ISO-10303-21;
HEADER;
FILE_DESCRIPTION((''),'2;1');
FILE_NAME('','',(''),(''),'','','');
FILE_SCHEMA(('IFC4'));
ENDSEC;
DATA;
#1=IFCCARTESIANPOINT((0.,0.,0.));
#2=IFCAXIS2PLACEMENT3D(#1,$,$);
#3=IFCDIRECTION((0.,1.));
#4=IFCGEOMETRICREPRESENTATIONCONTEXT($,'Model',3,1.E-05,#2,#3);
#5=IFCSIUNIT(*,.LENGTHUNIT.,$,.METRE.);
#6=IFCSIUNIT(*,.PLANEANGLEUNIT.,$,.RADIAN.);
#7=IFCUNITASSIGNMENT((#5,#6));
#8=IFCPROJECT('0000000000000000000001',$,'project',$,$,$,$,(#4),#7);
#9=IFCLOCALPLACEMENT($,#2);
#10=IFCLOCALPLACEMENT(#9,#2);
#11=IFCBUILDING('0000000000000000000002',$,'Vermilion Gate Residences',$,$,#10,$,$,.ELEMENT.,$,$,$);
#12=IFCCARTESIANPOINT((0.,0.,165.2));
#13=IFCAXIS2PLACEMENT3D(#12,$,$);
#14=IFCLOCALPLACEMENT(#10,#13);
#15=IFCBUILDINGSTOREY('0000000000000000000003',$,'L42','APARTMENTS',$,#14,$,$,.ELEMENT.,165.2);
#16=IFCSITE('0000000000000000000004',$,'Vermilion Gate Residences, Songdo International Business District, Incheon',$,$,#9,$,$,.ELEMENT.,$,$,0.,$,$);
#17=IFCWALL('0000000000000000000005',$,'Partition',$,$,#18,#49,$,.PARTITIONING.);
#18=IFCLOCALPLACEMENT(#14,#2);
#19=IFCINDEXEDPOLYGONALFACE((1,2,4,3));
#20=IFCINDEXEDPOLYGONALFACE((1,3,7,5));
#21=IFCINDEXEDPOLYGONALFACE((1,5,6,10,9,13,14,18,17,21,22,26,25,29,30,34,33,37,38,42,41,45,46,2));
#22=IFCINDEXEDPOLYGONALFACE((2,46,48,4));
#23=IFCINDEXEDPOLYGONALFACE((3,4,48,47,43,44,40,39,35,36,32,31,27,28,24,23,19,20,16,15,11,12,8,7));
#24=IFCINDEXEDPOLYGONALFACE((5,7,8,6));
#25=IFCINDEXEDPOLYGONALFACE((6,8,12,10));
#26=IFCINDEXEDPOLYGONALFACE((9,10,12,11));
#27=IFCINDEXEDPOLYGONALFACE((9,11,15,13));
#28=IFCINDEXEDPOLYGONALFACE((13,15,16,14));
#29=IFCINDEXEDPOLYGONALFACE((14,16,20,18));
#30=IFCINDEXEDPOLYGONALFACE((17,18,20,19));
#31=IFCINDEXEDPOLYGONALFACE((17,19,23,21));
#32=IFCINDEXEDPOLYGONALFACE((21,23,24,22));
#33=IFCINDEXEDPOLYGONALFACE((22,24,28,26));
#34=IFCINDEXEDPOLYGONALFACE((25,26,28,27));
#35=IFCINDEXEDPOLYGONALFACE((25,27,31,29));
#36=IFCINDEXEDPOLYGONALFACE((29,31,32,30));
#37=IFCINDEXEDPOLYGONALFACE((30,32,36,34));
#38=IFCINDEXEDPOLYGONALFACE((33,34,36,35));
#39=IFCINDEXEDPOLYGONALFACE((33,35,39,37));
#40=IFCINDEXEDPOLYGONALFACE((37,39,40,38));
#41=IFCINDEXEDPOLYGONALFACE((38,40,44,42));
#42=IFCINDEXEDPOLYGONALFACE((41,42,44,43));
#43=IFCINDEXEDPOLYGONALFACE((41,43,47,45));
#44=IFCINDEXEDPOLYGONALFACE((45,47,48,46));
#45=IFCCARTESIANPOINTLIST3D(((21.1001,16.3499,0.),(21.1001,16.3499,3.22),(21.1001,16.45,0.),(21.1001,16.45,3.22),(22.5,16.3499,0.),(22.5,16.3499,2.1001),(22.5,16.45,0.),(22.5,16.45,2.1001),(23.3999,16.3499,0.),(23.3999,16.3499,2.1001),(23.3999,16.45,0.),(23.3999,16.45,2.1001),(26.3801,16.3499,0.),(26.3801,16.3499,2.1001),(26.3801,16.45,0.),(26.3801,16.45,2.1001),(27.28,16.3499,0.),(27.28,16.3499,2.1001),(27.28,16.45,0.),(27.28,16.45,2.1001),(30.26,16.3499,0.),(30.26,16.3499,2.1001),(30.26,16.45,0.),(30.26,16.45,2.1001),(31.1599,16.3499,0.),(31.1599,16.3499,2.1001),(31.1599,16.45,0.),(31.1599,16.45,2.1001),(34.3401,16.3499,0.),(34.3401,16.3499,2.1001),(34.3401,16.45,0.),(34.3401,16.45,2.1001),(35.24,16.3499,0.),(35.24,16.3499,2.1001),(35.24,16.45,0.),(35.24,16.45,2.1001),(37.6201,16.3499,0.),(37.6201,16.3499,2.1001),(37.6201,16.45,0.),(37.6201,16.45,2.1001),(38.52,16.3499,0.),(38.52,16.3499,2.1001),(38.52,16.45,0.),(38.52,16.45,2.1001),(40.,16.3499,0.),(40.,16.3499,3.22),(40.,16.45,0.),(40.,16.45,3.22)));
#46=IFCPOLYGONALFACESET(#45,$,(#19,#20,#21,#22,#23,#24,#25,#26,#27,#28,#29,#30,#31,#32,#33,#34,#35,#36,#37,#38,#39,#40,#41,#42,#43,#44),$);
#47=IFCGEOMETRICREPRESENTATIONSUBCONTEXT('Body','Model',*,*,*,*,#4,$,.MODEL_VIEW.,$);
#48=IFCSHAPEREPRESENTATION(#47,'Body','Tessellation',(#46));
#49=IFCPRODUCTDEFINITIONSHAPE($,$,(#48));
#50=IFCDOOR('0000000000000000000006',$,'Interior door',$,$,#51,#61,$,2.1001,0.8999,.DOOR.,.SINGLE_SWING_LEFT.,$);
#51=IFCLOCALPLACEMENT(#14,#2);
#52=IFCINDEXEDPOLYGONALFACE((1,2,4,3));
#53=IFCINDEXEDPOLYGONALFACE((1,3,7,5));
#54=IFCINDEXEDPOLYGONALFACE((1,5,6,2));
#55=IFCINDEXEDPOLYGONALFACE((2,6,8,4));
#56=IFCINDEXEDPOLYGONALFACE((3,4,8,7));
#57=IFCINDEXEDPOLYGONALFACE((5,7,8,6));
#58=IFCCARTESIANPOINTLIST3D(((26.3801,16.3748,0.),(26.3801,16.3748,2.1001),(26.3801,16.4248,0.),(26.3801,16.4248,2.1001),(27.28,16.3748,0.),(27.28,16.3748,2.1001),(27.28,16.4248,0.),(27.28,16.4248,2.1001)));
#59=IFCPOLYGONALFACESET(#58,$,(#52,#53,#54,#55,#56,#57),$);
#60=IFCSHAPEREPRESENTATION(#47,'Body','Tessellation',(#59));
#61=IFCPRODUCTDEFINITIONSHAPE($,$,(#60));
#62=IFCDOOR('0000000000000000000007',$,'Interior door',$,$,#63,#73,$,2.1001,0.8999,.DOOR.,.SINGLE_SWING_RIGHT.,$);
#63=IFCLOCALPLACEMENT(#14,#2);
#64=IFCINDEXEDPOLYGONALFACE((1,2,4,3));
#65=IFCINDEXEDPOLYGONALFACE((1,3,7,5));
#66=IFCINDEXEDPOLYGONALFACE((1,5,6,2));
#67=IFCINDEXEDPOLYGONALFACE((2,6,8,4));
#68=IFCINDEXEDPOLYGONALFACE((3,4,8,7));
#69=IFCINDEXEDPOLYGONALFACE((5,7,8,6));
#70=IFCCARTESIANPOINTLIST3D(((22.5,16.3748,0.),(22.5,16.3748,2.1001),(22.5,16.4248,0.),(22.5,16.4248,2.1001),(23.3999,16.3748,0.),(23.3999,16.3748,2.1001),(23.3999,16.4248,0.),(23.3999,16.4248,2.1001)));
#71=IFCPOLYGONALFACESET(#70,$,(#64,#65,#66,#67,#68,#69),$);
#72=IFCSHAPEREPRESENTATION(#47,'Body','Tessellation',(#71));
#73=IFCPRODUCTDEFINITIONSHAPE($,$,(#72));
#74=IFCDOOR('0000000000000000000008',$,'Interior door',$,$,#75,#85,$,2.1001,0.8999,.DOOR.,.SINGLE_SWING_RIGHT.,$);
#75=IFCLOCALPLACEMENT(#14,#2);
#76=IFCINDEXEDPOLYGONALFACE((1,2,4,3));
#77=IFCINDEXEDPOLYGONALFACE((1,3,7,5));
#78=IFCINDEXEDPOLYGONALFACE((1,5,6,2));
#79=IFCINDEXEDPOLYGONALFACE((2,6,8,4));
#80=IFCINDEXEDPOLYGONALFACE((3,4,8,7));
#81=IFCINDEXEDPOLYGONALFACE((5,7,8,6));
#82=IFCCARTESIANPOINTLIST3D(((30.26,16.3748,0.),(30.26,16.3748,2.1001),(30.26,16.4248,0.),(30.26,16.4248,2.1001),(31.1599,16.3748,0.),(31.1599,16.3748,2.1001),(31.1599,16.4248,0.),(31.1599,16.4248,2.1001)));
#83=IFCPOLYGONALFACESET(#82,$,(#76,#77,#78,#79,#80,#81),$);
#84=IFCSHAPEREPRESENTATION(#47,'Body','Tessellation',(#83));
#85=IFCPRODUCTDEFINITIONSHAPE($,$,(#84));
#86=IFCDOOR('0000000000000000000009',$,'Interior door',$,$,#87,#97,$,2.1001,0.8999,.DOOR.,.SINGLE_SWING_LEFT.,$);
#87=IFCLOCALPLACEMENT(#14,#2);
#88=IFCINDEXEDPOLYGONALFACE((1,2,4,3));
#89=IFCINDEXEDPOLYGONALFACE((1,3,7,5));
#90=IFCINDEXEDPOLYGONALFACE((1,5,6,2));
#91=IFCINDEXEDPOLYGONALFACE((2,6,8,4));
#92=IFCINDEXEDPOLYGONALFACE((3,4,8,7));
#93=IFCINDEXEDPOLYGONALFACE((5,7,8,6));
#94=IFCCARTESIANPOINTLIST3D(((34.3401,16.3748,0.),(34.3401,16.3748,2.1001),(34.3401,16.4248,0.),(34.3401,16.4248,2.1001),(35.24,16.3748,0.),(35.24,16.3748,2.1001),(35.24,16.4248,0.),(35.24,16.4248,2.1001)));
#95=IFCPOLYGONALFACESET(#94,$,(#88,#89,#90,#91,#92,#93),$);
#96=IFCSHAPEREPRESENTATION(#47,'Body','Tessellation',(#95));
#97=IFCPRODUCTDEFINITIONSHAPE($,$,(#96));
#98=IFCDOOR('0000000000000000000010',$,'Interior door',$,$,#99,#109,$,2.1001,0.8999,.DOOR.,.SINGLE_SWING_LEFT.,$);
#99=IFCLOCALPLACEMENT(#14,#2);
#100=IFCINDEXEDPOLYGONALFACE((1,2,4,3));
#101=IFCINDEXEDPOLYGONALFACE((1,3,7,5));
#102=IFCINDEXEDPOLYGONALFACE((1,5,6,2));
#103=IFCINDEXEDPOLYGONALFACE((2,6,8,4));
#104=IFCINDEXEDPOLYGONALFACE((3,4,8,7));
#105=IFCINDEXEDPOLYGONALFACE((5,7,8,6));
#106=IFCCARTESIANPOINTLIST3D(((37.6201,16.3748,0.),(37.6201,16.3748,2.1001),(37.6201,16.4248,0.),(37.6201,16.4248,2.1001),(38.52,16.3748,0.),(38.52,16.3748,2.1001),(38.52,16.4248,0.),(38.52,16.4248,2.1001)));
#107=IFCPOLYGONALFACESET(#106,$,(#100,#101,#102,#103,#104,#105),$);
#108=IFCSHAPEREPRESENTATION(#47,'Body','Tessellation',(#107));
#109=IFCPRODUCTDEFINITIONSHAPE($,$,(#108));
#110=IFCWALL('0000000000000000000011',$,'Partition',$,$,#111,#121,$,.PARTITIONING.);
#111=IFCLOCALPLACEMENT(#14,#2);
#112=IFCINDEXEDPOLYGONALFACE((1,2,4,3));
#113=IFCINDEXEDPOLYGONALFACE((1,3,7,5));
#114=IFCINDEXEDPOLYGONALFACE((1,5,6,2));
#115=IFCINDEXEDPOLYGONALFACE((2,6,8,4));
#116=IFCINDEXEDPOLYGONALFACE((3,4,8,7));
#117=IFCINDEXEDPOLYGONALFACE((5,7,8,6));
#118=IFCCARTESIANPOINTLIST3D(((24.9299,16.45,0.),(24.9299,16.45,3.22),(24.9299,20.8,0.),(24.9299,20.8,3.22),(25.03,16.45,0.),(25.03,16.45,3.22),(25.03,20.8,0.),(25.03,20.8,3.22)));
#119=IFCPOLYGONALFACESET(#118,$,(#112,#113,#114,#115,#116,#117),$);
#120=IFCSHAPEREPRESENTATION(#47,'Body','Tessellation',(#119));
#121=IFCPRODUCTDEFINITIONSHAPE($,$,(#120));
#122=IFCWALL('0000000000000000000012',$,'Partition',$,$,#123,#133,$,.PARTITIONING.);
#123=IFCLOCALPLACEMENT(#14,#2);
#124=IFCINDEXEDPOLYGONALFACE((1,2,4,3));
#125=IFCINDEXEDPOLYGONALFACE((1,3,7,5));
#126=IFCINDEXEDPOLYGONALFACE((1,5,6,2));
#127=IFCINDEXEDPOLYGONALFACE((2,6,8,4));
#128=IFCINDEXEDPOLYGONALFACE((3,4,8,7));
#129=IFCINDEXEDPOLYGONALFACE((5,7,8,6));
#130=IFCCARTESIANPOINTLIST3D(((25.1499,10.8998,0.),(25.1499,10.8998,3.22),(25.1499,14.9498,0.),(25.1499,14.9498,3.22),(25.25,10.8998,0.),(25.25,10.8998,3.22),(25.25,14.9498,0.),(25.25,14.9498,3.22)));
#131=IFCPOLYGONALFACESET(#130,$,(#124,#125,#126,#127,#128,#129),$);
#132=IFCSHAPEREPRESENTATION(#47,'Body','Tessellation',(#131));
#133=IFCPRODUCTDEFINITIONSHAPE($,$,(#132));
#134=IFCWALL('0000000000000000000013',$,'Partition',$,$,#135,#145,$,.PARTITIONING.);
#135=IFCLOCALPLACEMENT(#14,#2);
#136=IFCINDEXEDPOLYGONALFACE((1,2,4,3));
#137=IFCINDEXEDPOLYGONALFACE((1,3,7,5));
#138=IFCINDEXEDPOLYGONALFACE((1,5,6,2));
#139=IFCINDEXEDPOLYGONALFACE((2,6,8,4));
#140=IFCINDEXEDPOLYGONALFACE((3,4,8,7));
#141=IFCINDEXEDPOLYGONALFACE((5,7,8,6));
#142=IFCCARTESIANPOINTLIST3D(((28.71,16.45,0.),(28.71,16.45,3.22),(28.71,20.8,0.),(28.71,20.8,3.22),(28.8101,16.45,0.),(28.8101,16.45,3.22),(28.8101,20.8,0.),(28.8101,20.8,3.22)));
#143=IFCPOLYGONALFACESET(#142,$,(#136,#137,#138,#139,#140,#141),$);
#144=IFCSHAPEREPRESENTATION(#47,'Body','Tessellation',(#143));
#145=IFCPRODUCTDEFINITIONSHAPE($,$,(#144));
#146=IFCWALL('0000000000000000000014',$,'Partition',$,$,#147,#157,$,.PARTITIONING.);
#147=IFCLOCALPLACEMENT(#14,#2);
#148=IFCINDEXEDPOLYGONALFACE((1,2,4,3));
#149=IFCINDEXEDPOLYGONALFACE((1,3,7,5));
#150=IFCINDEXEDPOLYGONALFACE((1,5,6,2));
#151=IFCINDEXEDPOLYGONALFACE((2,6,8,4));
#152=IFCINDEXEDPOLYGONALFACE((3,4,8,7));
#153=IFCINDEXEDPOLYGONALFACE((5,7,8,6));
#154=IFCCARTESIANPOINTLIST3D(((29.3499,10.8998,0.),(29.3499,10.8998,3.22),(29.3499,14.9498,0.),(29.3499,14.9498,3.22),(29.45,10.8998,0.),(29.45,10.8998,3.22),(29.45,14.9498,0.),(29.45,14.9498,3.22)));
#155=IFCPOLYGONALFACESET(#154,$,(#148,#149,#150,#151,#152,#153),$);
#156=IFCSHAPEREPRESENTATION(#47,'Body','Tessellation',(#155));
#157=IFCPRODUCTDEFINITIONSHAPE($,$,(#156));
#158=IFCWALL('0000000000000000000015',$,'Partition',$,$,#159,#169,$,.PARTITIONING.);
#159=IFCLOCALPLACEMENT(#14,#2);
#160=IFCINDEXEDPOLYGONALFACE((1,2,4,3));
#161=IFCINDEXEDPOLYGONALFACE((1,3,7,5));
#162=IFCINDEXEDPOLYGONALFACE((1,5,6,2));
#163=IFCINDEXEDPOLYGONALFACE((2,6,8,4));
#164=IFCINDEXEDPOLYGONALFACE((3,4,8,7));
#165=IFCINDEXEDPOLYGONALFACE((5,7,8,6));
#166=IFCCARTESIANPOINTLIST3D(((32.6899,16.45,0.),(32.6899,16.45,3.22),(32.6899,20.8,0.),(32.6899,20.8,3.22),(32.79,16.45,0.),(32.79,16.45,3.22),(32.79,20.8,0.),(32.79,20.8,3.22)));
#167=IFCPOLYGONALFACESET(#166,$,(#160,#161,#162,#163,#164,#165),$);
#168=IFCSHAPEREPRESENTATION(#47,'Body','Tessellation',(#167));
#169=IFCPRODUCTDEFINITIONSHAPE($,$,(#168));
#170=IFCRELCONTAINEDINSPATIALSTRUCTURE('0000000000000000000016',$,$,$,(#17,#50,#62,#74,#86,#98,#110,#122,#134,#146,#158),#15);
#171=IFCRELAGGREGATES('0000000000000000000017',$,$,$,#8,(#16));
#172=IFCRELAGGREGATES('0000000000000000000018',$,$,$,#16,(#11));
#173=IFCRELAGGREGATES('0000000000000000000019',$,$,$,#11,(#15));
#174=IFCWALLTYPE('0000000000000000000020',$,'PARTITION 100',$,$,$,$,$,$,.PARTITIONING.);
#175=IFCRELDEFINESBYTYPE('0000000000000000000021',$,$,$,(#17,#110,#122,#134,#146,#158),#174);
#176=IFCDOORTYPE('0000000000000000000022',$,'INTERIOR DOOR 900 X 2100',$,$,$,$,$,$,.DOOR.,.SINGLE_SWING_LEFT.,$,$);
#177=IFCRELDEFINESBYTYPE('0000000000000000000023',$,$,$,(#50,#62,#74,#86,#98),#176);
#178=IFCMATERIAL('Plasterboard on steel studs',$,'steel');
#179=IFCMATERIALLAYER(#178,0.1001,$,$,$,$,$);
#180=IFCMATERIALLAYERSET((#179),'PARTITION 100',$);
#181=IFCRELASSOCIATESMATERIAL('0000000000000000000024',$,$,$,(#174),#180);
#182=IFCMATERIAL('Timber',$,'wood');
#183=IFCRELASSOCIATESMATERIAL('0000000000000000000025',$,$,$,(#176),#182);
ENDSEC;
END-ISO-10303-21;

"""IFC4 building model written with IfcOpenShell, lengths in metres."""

from ifc_helpers import new_model, si_unit, direction, frame, frame_2d, origin, place, context, subcontext, project, spatial, rectangle, extrude, material, layer, layer_set, type_object, element, fill, save


model = new_model("IFC4")

# Units and contexts
model_context = context("Model", 3, precision=1e-05, world=origin(), true_north=direction((0.0, 1.0)))
body_context = subcontext(model_context, "Body", "Model", "MODEL_VIEW")
ifc_project = project(units=[si_unit("LENGTHUNIT", "METRE"), si_unit("PLANEANGLEUNIT", "RADIAN")], contexts=[model_context])

# Site, building, storey
site_placement = place(None, origin())
site = spatial("IfcSite", under=ifc_project, at=site_placement, Name="Vermilion Gate Residences, Songdo International Business District, Incheon", CompositionType="ELEMENT", RefElevation=0.0)
building_placement = place(site_placement, origin())
building = spatial("IfcBuilding", under=site, at=building_placement, Name="Vermilion Gate Residences", CompositionType="ELEMENT")
storey_placement = place(building_placement, frame((0.0, 0.0, 165.2)))
storey = spatial("IfcBuildingStorey", under=building, at=storey_placement, Name="L42", Description="APARTMENTS", CompositionType="ELEMENT", Elevation=165.2)

# Wall, openings, doors
ifc_material_1 = material(Name="Plasterboard on steel studs", Category="steel")
ifc_layer = layer(ifc_material_1, 0.1001)
ifc_layer_set = layer_set([ifc_layer], Name="PARTITION 100")
wall_type = type_object("IfcWallType", Name="PARTITION 100", PredefinedType="PARTITIONING", material=ifc_layer_set)
ifc_material_2 = material(Name="Timber", Category="wood")
door_type = type_object("IfcDoorType", Name="INTERIOR DOOR 900 X 2100", OperationType="SINGLE_SWING_LEFT", PredefinedType="DOOR", material=ifc_material_2)
wall_1_placement = place(storey_placement, frame((21.1001, 16.3999, 0.0), z_axis=(0.0, 0.0, 1.0), x_axis=(1.0, 0.0, 0.0)))
wall_1 = element("IfcWall", 1, at=wall_1_placement, inside=storey, type_object=wall_type, Name="Partition", PredefinedType="PARTITIONING", context=body_context, shape_type="SweptSolid", body=[
    extrude(rectangle(XDim=18.8999, YDim=0.1001, at=frame_2d((9.45, 0.0))), origin(), (0.0, 0.0, 1.0), 3.22),
])
opening_1_placement = place(wall_1_placement, frame((5.28, 0.0, 0.0)))
opening_1 = element("IfcOpeningElement", 2, at=opening_1_placement, cuts=wall_1, PredefinedType="OPENING", context=body_context, shape_type="SweptSolid", body=[
    extrude(rectangle(XDim=0.8999, YDim=2.1001, at=frame_2d((0.45, 1.05))), frame((0.0, 0.0601, 0.0), z_axis=(0.0, -1.0, 0.0), x_axis=(1.0, 0.0, 0.0)), (0.0, 0.0, 1.0), 0.1201),
])
opening_2_placement = place(wall_1_placement, frame((1.3999, 0.0, 0.0)))
opening_2 = element("IfcOpeningElement", 3, at=opening_2_placement, cuts=wall_1, PredefinedType="OPENING", context=body_context, shape_type="SweptSolid", body=[
    extrude(rectangle(XDim=0.8999, YDim=2.1001, at=frame_2d((0.45, 1.05))), frame((0.0, 0.0601, 0.0), z_axis=(0.0, -1.0, 0.0), x_axis=(1.0, 0.0, 0.0)), (0.0, 0.0, 1.0), 0.1201),
])
opening_3_placement = place(wall_1_placement, frame((9.1599, 0.0, 0.0)))
opening_3 = element("IfcOpeningElement", 4, at=opening_3_placement, cuts=wall_1, PredefinedType="OPENING", context=body_context, shape_type="SweptSolid", body=[
    extrude(rectangle(XDim=0.8999, YDim=2.1001, at=frame_2d((0.45, 1.05))), frame((0.0, 0.0601, 0.0), z_axis=(0.0, -1.0, 0.0), x_axis=(1.0, 0.0, 0.0)), (0.0, 0.0, 1.0), 0.1201),
])
opening_4_placement = place(wall_1_placement, frame((13.24, 0.0, 0.0)))
opening_4 = element("IfcOpeningElement", 5, at=opening_4_placement, cuts=wall_1, PredefinedType="OPENING", context=body_context, shape_type="SweptSolid", body=[
    extrude(rectangle(XDim=0.8999, YDim=2.1001, at=frame_2d((0.45, 1.05))), frame((0.0, 0.0601, 0.0), z_axis=(0.0, -1.0, 0.0), x_axis=(1.0, 0.0, 0.0)), (0.0, 0.0, 1.0), 0.1201),
])
opening_5_placement = place(wall_1_placement, frame((16.52, 0.0, 0.0)))
opening_5 = element("IfcOpeningElement", 6, at=opening_5_placement, cuts=wall_1, PredefinedType="OPENING", context=body_context, shape_type="SweptSolid", body=[
    extrude(rectangle(XDim=0.8999, YDim=2.1001, at=frame_2d((0.45, 1.05))), frame((0.0, 0.0601, 0.0), z_axis=(0.0, -1.0, 0.0), x_axis=(1.0, 0.0, 0.0)), (0.0, 0.0, 1.0), 0.1201),
])
door_1_placement = place(opening_1_placement, origin())
door_1 = element("IfcDoor", 7, at=door_1_placement, inside=storey, type_object=door_type, Name="Interior door", OperationType="SINGLE_SWING_LEFT", OverallHeight=2.1001, OverallWidth=0.8999, PredefinedType="DOOR", context=body_context, shape_type="SweptSolid", body=[
    extrude(rectangle(XDim=0.8999, YDim=2.1001, at=frame_2d((0.45, 1.05))), frame((0.0, 0.0249, 0.0), z_axis=(0.0, -1.0, 0.0), x_axis=(1.0, 0.0, 0.0)), (0.0, 0.0, 1.0), 0.05),
])
fill(opening_1, door_1)
door_2_placement = place(opening_2_placement, origin())
door_2 = element("IfcDoor", 8, at=door_2_placement, inside=storey, type_object=door_type, Name="Interior door", OperationType="SINGLE_SWING_RIGHT", OverallHeight=2.1001, OverallWidth=0.8999, PredefinedType="DOOR", context=body_context, shape_type="SweptSolid", body=[
    extrude(rectangle(XDim=0.8999, YDim=2.1001, at=frame_2d((0.45, 1.05))), frame((0.0, 0.0249, 0.0), z_axis=(0.0, -1.0, 0.0), x_axis=(1.0, 0.0, 0.0)), (0.0, 0.0, 1.0), 0.05),
])
fill(opening_2, door_2)
door_3_placement = place(opening_3_placement, origin())
door_3 = element("IfcDoor", 9, at=door_3_placement, inside=storey, type_object=door_type, Name="Interior door", OperationType="SINGLE_SWING_RIGHT", OverallHeight=2.1001, OverallWidth=0.8999, PredefinedType="DOOR", context=body_context, shape_type="SweptSolid", body=[
    extrude(rectangle(XDim=0.8999, YDim=2.1001, at=frame_2d((0.45, 1.05))), frame((0.0, 0.0249, 0.0), z_axis=(0.0, -1.0, 0.0), x_axis=(1.0, 0.0, 0.0)), (0.0, 0.0, 1.0), 0.05),
])
fill(opening_3, door_3)
door_4_placement = place(opening_4_placement, origin())
door_4 = element("IfcDoor", 10, at=door_4_placement, inside=storey, type_object=door_type, Name="Interior door", OperationType="SINGLE_SWING_LEFT", OverallHeight=2.1001, OverallWidth=0.8999, PredefinedType="DOOR", context=body_context, shape_type="SweptSolid", body=[
    extrude(rectangle(XDim=0.8999, YDim=2.1001, at=frame_2d((0.45, 1.05))), frame((0.0, 0.0249, 0.0), z_axis=(0.0, -1.0, 0.0), x_axis=(1.0, 0.0, 0.0)), (0.0, 0.0, 1.0), 0.05),
])
fill(opening_4, door_4)
door_5_placement = place(opening_5_placement, origin())
door_5 = element("IfcDoor", 11, at=door_5_placement, inside=storey, type_object=door_type, Name="Interior door", OperationType="SINGLE_SWING_LEFT", OverallHeight=2.1001, OverallWidth=0.8999, PredefinedType="DOOR", context=body_context, shape_type="SweptSolid", body=[
    extrude(rectangle(XDim=0.8999, YDim=2.1001, at=frame_2d((0.45, 1.05))), frame((0.0, 0.0249, 0.0), z_axis=(0.0, -1.0, 0.0), x_axis=(1.0, 0.0, 0.0)), (0.0, 0.0, 1.0), 0.05),
])
fill(opening_5, door_5)

# Walls
wall_2_placement = place(storey_placement, frame((24.98, 16.45, 0.0), z_axis=(0.0, 0.0, 1.0), x_axis=(0.0, 1.0, 0.0)))
element("IfcWall", 12, at=wall_2_placement, inside=storey, type_object=wall_type, Name="Partition", PredefinedType="PARTITIONING", context=body_context, shape_type="SweptSolid", body=[
    extrude(rectangle(XDim=4.3501, YDim=0.1001, at=frame_2d((2.175, 0.0))), origin(), (0.0, 0.0, 1.0), 3.22),
])
wall_3_placement = place(storey_placement, frame((25.2, 10.8999, 0.0), z_axis=(0.0, 0.0, 1.0), x_axis=(0.0, 1.0, 0.0)))
element("IfcWall", 13, at=wall_3_placement, inside=storey, type_object=wall_type, Name="Partition", PredefinedType="PARTITIONING", context=body_context, shape_type="SweptSolid", body=[
    extrude(rectangle(XDim=4.05, YDim=0.1001, at=frame_2d((2.0249, 0.0))), origin(), (0.0, 0.0, 1.0), 3.22),
])
wall_4_placement = place(storey_placement, frame((28.76, 16.45, 0.0), z_axis=(0.0, 0.0, 1.0), x_axis=(0.0, 1.0, 0.0)))
element("IfcWall", 14, at=wall_4_placement, inside=storey, type_object=wall_type, Name="Partition", PredefinedType="PARTITIONING", context=body_context, shape_type="SweptSolid", body=[
    extrude(rectangle(XDim=4.3501, YDim=0.1001, at=frame_2d((2.175, 0.0))), origin(), (0.0, 0.0, 1.0), 3.22),
])
wall_5_placement = place(storey_placement, frame((29.3999, 10.8999, 0.0), z_axis=(0.0, 0.0, 1.0), x_axis=(0.0, 1.0, 0.0)))
element("IfcWall", 15, at=wall_5_placement, inside=storey, type_object=wall_type, Name="Partition", PredefinedType="PARTITIONING", context=body_context, shape_type="SweptSolid", body=[
    extrude(rectangle(XDim=4.05, YDim=0.1001, at=frame_2d((2.0249, 0.0))), origin(), (0.0, 0.0, 1.0), 3.22),
])
wall_6_placement = place(storey_placement, frame((32.74, 16.45, 0.0), z_axis=(0.0, 0.0, 1.0), x_axis=(0.0, 1.0, 0.0)))
element("IfcWall", 16, at=wall_6_placement, inside=storey, type_object=wall_type, Name="Partition", PredefinedType="PARTITIONING", context=body_context, shape_type="SweptSolid", body=[
    extrude(rectangle(XDim=4.3501, YDim=0.1001, at=frame_2d((2.175, 0.0))), origin(), (0.0, 0.0, 1.0), 3.22),
])

save(model, "model.ifc")
